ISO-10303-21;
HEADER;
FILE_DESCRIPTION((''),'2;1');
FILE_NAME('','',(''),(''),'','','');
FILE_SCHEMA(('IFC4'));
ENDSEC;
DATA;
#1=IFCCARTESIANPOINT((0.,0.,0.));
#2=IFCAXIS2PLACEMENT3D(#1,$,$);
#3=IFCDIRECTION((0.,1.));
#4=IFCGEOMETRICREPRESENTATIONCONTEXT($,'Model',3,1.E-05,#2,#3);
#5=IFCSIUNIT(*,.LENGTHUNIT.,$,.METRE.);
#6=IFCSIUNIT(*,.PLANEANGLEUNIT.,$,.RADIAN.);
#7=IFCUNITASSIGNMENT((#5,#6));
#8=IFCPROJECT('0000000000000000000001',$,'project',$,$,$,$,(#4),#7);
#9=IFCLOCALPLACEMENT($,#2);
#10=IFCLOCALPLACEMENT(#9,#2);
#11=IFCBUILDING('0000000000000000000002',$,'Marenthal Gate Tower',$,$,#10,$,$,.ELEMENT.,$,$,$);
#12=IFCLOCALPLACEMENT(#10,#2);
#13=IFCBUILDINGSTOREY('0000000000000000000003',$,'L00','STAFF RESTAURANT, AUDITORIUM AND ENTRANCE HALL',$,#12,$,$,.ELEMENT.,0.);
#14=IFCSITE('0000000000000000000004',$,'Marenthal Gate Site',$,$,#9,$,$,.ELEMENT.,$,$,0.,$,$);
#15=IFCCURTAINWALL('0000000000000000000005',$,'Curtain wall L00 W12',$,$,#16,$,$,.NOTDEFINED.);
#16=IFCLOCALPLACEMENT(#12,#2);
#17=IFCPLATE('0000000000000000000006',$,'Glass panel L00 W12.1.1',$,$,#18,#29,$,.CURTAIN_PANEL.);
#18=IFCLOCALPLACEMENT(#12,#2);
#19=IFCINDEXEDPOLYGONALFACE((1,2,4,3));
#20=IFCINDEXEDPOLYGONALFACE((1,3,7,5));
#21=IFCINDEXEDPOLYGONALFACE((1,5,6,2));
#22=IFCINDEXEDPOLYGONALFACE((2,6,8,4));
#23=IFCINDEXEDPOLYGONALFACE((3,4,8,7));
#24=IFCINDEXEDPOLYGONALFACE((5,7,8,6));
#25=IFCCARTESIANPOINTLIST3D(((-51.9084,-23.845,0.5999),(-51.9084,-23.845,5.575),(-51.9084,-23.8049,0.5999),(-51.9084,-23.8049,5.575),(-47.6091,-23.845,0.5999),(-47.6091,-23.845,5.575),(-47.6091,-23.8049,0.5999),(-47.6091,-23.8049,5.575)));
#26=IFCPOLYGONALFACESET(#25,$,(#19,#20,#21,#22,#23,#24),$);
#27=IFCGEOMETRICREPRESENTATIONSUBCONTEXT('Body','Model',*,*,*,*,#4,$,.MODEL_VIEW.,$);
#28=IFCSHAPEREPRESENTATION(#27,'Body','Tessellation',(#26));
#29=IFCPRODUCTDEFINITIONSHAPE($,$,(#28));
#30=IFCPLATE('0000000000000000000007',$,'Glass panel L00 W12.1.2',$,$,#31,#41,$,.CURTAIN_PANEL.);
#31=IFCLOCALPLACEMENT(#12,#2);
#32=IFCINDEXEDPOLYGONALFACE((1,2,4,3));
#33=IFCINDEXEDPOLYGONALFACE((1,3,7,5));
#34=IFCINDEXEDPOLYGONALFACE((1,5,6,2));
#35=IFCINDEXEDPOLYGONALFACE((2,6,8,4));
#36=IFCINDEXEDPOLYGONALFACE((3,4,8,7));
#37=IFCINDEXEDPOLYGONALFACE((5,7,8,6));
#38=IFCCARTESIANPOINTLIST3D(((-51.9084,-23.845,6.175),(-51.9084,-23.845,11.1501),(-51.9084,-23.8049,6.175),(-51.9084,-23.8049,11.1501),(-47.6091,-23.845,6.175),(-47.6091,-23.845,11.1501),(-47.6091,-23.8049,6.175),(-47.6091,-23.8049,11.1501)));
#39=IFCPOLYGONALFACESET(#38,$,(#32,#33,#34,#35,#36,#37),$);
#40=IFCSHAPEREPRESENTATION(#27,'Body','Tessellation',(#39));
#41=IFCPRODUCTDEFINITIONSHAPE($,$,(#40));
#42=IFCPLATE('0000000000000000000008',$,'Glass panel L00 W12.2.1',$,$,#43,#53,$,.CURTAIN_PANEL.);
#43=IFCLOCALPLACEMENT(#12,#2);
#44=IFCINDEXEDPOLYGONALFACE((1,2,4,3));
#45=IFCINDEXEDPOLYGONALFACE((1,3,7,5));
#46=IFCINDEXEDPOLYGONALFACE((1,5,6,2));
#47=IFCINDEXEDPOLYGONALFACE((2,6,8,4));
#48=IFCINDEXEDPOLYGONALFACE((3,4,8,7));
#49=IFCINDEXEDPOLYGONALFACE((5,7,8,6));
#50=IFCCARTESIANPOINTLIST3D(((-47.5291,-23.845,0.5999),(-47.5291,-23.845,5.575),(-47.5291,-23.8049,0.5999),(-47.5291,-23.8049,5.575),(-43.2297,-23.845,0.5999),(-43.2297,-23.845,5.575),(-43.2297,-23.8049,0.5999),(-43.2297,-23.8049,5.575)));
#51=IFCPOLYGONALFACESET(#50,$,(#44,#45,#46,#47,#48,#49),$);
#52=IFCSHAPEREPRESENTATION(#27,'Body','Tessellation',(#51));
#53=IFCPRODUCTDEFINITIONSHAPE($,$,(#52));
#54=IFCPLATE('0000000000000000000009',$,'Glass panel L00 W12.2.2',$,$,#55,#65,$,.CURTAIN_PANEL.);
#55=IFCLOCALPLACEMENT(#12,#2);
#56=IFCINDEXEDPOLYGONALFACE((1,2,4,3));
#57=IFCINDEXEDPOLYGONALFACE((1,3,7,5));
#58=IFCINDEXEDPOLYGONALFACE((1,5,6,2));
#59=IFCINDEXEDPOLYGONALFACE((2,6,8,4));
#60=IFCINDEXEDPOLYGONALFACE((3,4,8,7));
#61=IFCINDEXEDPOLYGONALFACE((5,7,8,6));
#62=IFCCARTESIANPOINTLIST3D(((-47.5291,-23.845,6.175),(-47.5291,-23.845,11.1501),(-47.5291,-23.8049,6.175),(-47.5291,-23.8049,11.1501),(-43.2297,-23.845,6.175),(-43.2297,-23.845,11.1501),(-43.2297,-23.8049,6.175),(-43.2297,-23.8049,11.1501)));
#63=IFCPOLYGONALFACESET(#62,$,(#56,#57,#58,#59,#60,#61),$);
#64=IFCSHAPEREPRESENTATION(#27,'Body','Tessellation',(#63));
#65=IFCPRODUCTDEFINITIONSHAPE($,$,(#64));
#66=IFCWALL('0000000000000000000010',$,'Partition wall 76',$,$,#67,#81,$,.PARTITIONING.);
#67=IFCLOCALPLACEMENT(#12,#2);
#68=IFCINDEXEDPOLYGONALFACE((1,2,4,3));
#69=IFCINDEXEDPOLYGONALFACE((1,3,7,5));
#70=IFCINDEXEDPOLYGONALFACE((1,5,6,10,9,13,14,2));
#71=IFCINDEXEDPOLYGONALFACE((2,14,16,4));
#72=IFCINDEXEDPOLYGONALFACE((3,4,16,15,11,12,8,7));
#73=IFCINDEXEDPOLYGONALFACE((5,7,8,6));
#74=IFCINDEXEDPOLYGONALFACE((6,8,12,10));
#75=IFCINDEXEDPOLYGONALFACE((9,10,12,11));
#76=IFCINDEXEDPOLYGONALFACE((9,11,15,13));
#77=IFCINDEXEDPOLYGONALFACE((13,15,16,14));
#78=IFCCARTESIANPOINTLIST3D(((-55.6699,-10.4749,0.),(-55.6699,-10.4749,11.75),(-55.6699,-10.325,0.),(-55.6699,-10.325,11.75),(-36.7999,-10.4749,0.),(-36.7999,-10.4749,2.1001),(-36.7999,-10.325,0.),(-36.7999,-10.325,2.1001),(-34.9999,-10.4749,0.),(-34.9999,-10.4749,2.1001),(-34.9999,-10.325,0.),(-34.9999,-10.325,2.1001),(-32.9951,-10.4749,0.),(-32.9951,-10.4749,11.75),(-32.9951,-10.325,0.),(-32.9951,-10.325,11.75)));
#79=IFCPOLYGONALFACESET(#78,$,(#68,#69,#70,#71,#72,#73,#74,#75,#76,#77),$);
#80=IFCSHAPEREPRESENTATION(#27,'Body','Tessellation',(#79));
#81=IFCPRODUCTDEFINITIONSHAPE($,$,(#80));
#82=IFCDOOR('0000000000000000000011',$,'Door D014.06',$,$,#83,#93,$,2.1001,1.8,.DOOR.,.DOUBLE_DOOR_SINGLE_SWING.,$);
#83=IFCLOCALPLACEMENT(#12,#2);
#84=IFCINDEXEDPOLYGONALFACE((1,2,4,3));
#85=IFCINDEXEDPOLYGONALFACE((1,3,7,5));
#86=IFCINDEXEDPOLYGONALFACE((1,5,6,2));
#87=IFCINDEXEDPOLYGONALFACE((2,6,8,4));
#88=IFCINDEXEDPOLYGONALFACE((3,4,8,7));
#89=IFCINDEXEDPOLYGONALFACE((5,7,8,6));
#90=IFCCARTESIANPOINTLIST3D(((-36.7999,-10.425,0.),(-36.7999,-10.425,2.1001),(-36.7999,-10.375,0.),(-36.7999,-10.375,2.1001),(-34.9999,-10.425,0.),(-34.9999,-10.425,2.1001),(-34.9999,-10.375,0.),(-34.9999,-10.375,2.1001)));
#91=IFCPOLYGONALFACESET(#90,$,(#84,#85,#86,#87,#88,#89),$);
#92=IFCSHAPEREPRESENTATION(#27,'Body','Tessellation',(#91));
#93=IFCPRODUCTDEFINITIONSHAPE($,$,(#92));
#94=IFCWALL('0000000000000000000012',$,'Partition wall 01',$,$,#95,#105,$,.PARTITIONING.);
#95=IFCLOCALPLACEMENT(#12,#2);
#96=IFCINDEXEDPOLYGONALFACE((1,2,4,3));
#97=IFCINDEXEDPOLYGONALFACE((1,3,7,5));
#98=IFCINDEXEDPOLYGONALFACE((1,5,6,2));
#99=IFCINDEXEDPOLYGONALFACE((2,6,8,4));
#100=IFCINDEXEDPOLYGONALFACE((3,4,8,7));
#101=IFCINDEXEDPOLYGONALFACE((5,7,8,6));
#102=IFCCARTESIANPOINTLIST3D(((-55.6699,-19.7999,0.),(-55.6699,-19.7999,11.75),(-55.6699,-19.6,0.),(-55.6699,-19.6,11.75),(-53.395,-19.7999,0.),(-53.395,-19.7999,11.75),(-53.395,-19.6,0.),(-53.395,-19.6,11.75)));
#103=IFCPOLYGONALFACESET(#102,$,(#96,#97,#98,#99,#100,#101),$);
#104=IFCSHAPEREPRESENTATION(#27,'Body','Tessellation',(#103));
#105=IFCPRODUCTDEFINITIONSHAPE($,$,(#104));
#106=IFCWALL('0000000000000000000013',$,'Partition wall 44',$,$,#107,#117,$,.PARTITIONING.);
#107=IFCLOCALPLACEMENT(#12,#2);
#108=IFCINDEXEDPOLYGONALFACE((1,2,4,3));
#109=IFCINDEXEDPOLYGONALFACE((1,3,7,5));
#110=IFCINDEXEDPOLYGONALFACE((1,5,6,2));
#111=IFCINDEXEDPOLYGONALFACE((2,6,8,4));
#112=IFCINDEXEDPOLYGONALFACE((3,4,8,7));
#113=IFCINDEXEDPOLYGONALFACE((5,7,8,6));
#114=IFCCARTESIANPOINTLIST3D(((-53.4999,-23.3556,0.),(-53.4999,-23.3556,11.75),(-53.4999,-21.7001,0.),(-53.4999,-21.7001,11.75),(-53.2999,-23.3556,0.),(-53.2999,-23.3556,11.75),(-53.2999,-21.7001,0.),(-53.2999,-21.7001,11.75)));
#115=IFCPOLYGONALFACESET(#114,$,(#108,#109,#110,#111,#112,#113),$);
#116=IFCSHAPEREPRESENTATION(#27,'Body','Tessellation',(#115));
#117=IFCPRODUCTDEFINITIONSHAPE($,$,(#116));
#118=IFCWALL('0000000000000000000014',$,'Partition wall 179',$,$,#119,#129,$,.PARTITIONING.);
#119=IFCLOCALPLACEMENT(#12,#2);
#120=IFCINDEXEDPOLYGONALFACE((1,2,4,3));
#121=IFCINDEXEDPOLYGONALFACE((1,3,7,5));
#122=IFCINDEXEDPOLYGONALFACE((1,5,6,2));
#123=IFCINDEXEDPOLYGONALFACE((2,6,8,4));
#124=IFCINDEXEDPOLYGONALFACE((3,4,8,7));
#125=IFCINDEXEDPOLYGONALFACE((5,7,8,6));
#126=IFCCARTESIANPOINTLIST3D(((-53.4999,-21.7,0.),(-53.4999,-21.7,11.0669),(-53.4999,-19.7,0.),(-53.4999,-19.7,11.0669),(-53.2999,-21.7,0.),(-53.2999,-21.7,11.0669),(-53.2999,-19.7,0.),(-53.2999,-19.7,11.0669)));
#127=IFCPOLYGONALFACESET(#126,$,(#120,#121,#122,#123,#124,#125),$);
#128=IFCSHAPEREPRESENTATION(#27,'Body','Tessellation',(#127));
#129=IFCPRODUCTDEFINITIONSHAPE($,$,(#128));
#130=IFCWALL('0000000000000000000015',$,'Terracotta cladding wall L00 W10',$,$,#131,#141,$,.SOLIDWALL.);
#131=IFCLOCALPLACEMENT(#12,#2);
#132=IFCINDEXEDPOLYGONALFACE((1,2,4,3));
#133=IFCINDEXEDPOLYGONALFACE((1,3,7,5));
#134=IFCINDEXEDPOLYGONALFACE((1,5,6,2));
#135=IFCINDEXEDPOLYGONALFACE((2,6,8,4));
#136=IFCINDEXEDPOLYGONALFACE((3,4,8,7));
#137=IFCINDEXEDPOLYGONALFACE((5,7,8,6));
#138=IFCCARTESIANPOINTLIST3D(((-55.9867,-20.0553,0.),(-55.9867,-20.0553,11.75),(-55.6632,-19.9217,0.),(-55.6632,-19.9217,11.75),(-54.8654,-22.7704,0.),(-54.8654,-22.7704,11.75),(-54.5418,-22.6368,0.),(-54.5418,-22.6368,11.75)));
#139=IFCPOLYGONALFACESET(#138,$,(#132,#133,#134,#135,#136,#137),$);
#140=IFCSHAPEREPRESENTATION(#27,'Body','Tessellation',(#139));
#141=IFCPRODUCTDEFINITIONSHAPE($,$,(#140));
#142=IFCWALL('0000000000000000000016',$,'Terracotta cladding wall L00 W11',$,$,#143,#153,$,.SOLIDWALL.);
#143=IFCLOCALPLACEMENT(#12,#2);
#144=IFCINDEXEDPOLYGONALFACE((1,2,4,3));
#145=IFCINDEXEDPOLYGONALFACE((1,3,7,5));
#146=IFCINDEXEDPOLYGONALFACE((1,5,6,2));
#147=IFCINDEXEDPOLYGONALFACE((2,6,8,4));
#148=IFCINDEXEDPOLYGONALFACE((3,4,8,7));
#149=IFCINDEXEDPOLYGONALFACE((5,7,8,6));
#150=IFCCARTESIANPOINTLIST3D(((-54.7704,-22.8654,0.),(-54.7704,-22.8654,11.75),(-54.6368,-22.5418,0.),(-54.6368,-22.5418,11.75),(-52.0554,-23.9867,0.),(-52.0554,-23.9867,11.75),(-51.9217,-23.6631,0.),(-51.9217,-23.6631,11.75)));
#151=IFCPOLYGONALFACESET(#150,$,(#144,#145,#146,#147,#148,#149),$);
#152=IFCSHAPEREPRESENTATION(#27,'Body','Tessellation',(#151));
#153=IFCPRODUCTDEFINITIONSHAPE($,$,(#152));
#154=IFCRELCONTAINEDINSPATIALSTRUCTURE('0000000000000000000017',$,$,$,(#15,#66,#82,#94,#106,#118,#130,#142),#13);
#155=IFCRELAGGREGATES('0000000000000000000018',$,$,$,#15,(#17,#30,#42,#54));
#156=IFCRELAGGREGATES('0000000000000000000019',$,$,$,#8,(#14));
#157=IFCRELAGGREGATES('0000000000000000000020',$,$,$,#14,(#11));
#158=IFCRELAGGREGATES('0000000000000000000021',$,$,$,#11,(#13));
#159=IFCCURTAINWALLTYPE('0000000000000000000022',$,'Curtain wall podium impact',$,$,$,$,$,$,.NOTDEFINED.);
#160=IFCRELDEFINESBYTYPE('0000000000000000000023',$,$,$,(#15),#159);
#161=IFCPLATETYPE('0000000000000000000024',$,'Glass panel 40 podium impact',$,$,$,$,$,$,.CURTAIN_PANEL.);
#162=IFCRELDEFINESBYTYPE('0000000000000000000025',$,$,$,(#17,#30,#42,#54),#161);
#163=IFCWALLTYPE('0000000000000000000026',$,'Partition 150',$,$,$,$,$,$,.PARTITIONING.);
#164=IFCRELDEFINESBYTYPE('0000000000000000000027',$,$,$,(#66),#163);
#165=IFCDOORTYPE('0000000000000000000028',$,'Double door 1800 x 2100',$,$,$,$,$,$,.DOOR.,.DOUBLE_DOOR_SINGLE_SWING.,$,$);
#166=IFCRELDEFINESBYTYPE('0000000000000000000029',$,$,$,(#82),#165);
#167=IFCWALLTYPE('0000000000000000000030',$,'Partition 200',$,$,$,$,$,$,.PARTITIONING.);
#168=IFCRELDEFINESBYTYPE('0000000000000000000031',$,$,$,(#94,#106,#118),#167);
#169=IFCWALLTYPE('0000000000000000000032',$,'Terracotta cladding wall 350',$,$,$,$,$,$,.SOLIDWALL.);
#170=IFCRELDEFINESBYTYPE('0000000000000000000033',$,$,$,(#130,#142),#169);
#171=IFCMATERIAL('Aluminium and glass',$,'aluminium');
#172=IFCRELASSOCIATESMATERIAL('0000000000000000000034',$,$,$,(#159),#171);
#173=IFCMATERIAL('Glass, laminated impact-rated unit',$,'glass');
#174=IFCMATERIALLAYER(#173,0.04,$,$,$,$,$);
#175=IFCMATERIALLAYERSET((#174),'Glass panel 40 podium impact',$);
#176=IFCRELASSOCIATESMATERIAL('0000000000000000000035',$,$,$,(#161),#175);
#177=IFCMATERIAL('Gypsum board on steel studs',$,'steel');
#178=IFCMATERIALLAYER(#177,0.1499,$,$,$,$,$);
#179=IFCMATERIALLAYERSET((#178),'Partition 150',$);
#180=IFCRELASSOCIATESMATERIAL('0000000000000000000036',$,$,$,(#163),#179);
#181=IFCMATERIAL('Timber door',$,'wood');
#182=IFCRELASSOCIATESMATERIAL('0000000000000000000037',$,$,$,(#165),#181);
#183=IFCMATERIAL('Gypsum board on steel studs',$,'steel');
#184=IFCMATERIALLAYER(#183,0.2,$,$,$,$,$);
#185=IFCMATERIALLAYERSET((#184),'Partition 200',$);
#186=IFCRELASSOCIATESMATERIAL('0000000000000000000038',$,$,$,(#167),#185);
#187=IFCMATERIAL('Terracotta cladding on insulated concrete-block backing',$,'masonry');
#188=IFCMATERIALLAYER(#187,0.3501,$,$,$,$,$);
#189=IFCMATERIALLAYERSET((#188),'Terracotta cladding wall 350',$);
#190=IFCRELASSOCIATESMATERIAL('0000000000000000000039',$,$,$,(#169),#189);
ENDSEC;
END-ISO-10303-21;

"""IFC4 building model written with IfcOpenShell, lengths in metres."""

from ifc_helpers import new_model, si_unit, direction, frame, frame_2d, origin, origin_2d, place, context, subcontext, project, spatial, rectangle, extrude, material, layer, layer_set, type_object, element, fill, aggregate, save


model = new_model("IFC4")

# Units and contexts
model_context = context("Model", 3, precision=1e-05, world=origin(), true_north=direction((0.0, 1.0)))
body_context = subcontext(model_context, "Body", "Model", "MODEL_VIEW")
ifc_project = project(units=[si_unit("LENGTHUNIT", "METRE"), si_unit("PLANEANGLEUNIT", "RADIAN")], contexts=[model_context])

# Site, building, storey
site_placement = place(None, origin())
site = spatial("IfcSite", under=ifc_project, at=site_placement, Name="Marenthal Gate Site", CompositionType="ELEMENT", RefElevation=0.0)
building_placement = place(site_placement, origin())
building = spatial("IfcBuilding", under=site, at=building_placement, Name="Marenthal Gate Tower", CompositionType="ELEMENT")
storey_placement = place(building_placement, origin())
storey = spatial("IfcBuildingStorey", under=building, at=storey_placement, Name="L00", Description="STAFF RESTAURANT, AUDITORIUM AND ENTRANCE HALL", CompositionType="ELEMENT", Elevation=0.0)

# Curtain wall
ifc_material_1 = material(Name="Aluminium and glass", Category="aluminium")
curtain_wall_type = type_object("IfcCurtainWallType", Name="Curtain wall podium impact", PredefinedType="NOTDEFINED", material=ifc_material_1)
curtain_wall_placement = place(storey_placement, origin())
curtain_wall = element("IfcCurtainWall", 1, at=curtain_wall_placement, inside=storey, type_object=curtain_wall_type, Name="Curtain wall L00 W12", PredefinedType="NOTDEFINED")

# Plates
ifc_material_2 = material(Name="Glass, laminated impact-rated unit", Category="glass")
ifc_layer_1 = layer(ifc_material_2, 0.04)
ifc_layer_set_1 = layer_set([ifc_layer_1], Name="Glass panel 40 podium impact")
plate_type = type_object("IfcPlateType", Name="Glass panel 40 podium impact", PredefinedType="CURTAIN_PANEL", material=ifc_layer_set_1)
plate_1_placement = place(storey_placement, frame((-49.7588, -23.825, 0.5999), z_axis=(0.0, 0.0, 1.0), x_axis=(1.0, 0.0, 0.0)))
plate_1 = element("IfcPlate", 2, at=plate_1_placement, type_object=plate_type, Name="Glass panel L00 W12.1.1", PredefinedType="CURTAIN_PANEL", context=body_context, shape_type="SweptSolid", body=[
    extrude(rectangle(XDim=4.2993, YDim=0.04, at=origin_2d()), origin(), (0.0, 0.0, 1.0), 4.9751),
])
plate_2_placement = place(storey_placement, frame((-49.7588, -23.825, 6.175), z_axis=(0.0, 0.0, 1.0), x_axis=(1.0, 0.0, 0.0)))
plate_2 = element("IfcPlate", 3, at=plate_2_placement, type_object=plate_type, Name="Glass panel L00 W12.1.2", PredefinedType="CURTAIN_PANEL", context=body_context, shape_type="SweptSolid", body=[
    extrude(rectangle(XDim=4.2993, YDim=0.04, at=origin_2d()), origin(), (0.0, 0.0, 1.0), 4.9751),
])
plate_3_placement = place(storey_placement, frame((-45.3794, -23.825, 0.5999), z_axis=(0.0, 0.0, 1.0), x_axis=(1.0, 0.0, 0.0)))
plate_3 = element("IfcPlate", 4, at=plate_3_placement, type_object=plate_type, Name="Glass panel L00 W12.2.1", PredefinedType="CURTAIN_PANEL", context=body_context, shape_type="SweptSolid", body=[
    extrude(rectangle(XDim=4.2993, YDim=0.04, at=origin_2d()), origin(), (0.0, 0.0, 1.0), 4.9751),
])
plate_4_placement = place(storey_placement, frame((-45.3794, -23.825, 6.175), z_axis=(0.0, 0.0, 1.0), x_axis=(1.0, 0.0, 0.0)))
plate_4 = element("IfcPlate", 5, at=plate_4_placement, type_object=plate_type, Name="Glass panel L00 W12.2.2", PredefinedType="CURTAIN_PANEL", context=body_context, shape_type="SweptSolid", body=[
    extrude(rectangle(XDim=4.2993, YDim=0.04, at=origin_2d()), origin(), (0.0, 0.0, 1.0), 4.9751),
])
aggregate(curtain_wall, [plate_1, plate_2, plate_3, plate_4])

# Wall, opening, door
ifc_material_3 = material(Name="Gypsum board on steel studs", Category="steel")
ifc_layer_2 = layer(ifc_material_3, 0.1499)
ifc_layer_set_2 = layer_set([ifc_layer_2], Name="Partition 150")
wall_type_1 = type_object("IfcWallType", Name="Partition 150", PredefinedType="PARTITIONING", material=ifc_layer_set_2)
wall_1_placement = place(storey_placement, frame((-55.6699, -10.3999, 0.0), z_axis=(0.0, 0.0, 1.0), x_axis=(1.0, 0.0, 0.0)))
wall_1 = element("IfcWall", 6, at=wall_1_placement, inside=storey, type_object=wall_type_1, Name="Partition wall 76", PredefinedType="PARTITIONING", context=body_context, shape_type="SweptSolid", body=[
    extrude(rectangle(XDim=22.6748, YDim=0.1499, at=frame_2d((11.3374, 0.0))), origin(), (0.0, 0.0, 1.0), 11.75),
])
opening_placement = place(wall_1_placement, frame((18.8701, 0.0, 0.0)))
opening = element("IfcOpeningElement", 7, at=opening_placement, cuts=wall_1, PredefinedType="OPENING", context=body_context, shape_type="SweptSolid", body=[
    extrude(rectangle(XDim=1.8, YDim=2.1001, at=frame_2d((0.8999, 1.05))), frame((0.0, 0.085, 0.0), z_axis=(0.0, -1.0, 0.0), x_axis=(1.0, 0.0, 0.0)), (0.0, 0.0, 1.0), 0.1699),
])
ifc_material_4 = material(Name="Timber door", Category="wood")
door_type = type_object("IfcDoorType", Name="Double door 1800 x 2100", OperationType="DOUBLE_DOOR_SINGLE_SWING", PredefinedType="DOOR", material=ifc_material_4)
door_placement = place(opening_placement, origin())
door = element("IfcDoor", 8, at=door_placement, inside=storey, type_object=door_type, Name="Door D014.06", OperationType="DOUBLE_DOOR_SINGLE_SWING", OverallHeight=2.1001, OverallWidth=1.8, PredefinedType="DOOR", context=body_context, shape_type="SweptSolid", body=[
    extrude(rectangle(XDim=1.8, YDim=2.1001, at=frame_2d((0.8999, 1.05))), frame((0.0, 0.0249, 0.0), z_axis=(0.0, -1.0, 0.0), x_axis=(1.0, 0.0, 0.0)), (0.0, 0.0, 1.0), 0.05),
])
fill(opening, door)

# Walls
ifc_material_5 = material(Name="Gypsum board on steel studs", Category="steel")
ifc_layer_3 = layer(ifc_material_5, 0.2)
ifc_layer_set_3 = layer_set([ifc_layer_3], Name="Partition 200")
wall_type_2 = type_object("IfcWallType", Name="Partition 200", PredefinedType="PARTITIONING", material=ifc_layer_set_3)
wall_2_placement = place(storey_placement, frame((-55.6699, -19.7, 0.0), z_axis=(0.0, 0.0, 1.0), x_axis=(1.0, 0.0, 0.0)))
element("IfcWall", 9, at=wall_2_placement, inside=storey, type_object=wall_type_2, Name="Partition wall 01", PredefinedType="PARTITIONING", context=body_context, shape_type="SweptSolid", body=[
    extrude(rectangle(XDim=2.2749, YDim=0.2, at=frame_2d((1.1375, 0.0))), origin(), (0.0, 0.0, 1.0), 11.75),
])
wall_3_placement = place(storey_placement, frame((-53.3999, -23.3555, 0.0), z_axis=(0.0, 0.0, 1.0), x_axis=(0.0, 1.0, 0.0)))
element("IfcWall", 10, at=wall_3_placement, inside=storey, type_object=wall_type_2, Name="Partition wall 44", PredefinedType="PARTITIONING", context=body_context, shape_type="SweptSolid", body=[
    extrude(rectangle(XDim=1.6555, YDim=0.2, at=frame_2d((0.8276, 0.0))), origin(), (0.0, 0.0, 1.0), 11.75),
])
wall_4_placement = place(storey_placement, frame((-53.3999, -21.7, 0.0), z_axis=(0.0, 0.0, 1.0), x_axis=(0.0, 1.0, 0.0)))
element("IfcWall", 11, at=wall_4_placement, inside=storey, type_object=wall_type_2, Name="Partition wall 179", PredefinedType="PARTITIONING", context=body_context, shape_type="SweptSolid", body=[
    extrude(rectangle(XDim=2.0, YDim=0.2, at=frame_2d((1.0, 0.0))), origin(), (0.0, 0.0, 1.0), 11.0669),
])
ifc_material_6 = material(Name="Terracotta cladding on insulated concrete-block backing", Category="masonry")
ifc_layer_4 = layer(ifc_material_6, 0.3501)
ifc_layer_set_4 = layer_set([ifc_layer_4], Name="Terracotta cladding wall 350")
wall_type_3 = type_object("IfcWallType", Name="Terracotta cladding wall 350", PredefinedType="SOLIDWALL", material=ifc_layer_set_4)
for number, where, z_axis, x_axis, name in (
    (12, (-55.825, -19.9885, 0.0), (0.0, 0.0, 1.0), (0.381728, -0.924275, 0.0), "Terracotta cladding wall L00 W10"),
    (13, (-54.7036, -22.7036, 0.0), (0.0, 0.0, 1.0), (0.924275, -0.381728, 0.0), "Terracotta cladding wall L00 W11"),
):
    element("IfcWall", number, at=place(storey_placement, frame(where, z_axis=z_axis, x_axis=x_axis)), inside=storey, type_object=wall_type_3, Name=name, PredefinedType="SOLIDWALL", context=body_context, shape_type="SweptSolid", body=[
        extrude(rectangle(XDim=2.9375, YDim=0.3501, at=frame_2d((1.4688, 0.0))), origin(), (0.0, 0.0, 1.0), 11.75),
    ])

save(model, "model.ifc")
